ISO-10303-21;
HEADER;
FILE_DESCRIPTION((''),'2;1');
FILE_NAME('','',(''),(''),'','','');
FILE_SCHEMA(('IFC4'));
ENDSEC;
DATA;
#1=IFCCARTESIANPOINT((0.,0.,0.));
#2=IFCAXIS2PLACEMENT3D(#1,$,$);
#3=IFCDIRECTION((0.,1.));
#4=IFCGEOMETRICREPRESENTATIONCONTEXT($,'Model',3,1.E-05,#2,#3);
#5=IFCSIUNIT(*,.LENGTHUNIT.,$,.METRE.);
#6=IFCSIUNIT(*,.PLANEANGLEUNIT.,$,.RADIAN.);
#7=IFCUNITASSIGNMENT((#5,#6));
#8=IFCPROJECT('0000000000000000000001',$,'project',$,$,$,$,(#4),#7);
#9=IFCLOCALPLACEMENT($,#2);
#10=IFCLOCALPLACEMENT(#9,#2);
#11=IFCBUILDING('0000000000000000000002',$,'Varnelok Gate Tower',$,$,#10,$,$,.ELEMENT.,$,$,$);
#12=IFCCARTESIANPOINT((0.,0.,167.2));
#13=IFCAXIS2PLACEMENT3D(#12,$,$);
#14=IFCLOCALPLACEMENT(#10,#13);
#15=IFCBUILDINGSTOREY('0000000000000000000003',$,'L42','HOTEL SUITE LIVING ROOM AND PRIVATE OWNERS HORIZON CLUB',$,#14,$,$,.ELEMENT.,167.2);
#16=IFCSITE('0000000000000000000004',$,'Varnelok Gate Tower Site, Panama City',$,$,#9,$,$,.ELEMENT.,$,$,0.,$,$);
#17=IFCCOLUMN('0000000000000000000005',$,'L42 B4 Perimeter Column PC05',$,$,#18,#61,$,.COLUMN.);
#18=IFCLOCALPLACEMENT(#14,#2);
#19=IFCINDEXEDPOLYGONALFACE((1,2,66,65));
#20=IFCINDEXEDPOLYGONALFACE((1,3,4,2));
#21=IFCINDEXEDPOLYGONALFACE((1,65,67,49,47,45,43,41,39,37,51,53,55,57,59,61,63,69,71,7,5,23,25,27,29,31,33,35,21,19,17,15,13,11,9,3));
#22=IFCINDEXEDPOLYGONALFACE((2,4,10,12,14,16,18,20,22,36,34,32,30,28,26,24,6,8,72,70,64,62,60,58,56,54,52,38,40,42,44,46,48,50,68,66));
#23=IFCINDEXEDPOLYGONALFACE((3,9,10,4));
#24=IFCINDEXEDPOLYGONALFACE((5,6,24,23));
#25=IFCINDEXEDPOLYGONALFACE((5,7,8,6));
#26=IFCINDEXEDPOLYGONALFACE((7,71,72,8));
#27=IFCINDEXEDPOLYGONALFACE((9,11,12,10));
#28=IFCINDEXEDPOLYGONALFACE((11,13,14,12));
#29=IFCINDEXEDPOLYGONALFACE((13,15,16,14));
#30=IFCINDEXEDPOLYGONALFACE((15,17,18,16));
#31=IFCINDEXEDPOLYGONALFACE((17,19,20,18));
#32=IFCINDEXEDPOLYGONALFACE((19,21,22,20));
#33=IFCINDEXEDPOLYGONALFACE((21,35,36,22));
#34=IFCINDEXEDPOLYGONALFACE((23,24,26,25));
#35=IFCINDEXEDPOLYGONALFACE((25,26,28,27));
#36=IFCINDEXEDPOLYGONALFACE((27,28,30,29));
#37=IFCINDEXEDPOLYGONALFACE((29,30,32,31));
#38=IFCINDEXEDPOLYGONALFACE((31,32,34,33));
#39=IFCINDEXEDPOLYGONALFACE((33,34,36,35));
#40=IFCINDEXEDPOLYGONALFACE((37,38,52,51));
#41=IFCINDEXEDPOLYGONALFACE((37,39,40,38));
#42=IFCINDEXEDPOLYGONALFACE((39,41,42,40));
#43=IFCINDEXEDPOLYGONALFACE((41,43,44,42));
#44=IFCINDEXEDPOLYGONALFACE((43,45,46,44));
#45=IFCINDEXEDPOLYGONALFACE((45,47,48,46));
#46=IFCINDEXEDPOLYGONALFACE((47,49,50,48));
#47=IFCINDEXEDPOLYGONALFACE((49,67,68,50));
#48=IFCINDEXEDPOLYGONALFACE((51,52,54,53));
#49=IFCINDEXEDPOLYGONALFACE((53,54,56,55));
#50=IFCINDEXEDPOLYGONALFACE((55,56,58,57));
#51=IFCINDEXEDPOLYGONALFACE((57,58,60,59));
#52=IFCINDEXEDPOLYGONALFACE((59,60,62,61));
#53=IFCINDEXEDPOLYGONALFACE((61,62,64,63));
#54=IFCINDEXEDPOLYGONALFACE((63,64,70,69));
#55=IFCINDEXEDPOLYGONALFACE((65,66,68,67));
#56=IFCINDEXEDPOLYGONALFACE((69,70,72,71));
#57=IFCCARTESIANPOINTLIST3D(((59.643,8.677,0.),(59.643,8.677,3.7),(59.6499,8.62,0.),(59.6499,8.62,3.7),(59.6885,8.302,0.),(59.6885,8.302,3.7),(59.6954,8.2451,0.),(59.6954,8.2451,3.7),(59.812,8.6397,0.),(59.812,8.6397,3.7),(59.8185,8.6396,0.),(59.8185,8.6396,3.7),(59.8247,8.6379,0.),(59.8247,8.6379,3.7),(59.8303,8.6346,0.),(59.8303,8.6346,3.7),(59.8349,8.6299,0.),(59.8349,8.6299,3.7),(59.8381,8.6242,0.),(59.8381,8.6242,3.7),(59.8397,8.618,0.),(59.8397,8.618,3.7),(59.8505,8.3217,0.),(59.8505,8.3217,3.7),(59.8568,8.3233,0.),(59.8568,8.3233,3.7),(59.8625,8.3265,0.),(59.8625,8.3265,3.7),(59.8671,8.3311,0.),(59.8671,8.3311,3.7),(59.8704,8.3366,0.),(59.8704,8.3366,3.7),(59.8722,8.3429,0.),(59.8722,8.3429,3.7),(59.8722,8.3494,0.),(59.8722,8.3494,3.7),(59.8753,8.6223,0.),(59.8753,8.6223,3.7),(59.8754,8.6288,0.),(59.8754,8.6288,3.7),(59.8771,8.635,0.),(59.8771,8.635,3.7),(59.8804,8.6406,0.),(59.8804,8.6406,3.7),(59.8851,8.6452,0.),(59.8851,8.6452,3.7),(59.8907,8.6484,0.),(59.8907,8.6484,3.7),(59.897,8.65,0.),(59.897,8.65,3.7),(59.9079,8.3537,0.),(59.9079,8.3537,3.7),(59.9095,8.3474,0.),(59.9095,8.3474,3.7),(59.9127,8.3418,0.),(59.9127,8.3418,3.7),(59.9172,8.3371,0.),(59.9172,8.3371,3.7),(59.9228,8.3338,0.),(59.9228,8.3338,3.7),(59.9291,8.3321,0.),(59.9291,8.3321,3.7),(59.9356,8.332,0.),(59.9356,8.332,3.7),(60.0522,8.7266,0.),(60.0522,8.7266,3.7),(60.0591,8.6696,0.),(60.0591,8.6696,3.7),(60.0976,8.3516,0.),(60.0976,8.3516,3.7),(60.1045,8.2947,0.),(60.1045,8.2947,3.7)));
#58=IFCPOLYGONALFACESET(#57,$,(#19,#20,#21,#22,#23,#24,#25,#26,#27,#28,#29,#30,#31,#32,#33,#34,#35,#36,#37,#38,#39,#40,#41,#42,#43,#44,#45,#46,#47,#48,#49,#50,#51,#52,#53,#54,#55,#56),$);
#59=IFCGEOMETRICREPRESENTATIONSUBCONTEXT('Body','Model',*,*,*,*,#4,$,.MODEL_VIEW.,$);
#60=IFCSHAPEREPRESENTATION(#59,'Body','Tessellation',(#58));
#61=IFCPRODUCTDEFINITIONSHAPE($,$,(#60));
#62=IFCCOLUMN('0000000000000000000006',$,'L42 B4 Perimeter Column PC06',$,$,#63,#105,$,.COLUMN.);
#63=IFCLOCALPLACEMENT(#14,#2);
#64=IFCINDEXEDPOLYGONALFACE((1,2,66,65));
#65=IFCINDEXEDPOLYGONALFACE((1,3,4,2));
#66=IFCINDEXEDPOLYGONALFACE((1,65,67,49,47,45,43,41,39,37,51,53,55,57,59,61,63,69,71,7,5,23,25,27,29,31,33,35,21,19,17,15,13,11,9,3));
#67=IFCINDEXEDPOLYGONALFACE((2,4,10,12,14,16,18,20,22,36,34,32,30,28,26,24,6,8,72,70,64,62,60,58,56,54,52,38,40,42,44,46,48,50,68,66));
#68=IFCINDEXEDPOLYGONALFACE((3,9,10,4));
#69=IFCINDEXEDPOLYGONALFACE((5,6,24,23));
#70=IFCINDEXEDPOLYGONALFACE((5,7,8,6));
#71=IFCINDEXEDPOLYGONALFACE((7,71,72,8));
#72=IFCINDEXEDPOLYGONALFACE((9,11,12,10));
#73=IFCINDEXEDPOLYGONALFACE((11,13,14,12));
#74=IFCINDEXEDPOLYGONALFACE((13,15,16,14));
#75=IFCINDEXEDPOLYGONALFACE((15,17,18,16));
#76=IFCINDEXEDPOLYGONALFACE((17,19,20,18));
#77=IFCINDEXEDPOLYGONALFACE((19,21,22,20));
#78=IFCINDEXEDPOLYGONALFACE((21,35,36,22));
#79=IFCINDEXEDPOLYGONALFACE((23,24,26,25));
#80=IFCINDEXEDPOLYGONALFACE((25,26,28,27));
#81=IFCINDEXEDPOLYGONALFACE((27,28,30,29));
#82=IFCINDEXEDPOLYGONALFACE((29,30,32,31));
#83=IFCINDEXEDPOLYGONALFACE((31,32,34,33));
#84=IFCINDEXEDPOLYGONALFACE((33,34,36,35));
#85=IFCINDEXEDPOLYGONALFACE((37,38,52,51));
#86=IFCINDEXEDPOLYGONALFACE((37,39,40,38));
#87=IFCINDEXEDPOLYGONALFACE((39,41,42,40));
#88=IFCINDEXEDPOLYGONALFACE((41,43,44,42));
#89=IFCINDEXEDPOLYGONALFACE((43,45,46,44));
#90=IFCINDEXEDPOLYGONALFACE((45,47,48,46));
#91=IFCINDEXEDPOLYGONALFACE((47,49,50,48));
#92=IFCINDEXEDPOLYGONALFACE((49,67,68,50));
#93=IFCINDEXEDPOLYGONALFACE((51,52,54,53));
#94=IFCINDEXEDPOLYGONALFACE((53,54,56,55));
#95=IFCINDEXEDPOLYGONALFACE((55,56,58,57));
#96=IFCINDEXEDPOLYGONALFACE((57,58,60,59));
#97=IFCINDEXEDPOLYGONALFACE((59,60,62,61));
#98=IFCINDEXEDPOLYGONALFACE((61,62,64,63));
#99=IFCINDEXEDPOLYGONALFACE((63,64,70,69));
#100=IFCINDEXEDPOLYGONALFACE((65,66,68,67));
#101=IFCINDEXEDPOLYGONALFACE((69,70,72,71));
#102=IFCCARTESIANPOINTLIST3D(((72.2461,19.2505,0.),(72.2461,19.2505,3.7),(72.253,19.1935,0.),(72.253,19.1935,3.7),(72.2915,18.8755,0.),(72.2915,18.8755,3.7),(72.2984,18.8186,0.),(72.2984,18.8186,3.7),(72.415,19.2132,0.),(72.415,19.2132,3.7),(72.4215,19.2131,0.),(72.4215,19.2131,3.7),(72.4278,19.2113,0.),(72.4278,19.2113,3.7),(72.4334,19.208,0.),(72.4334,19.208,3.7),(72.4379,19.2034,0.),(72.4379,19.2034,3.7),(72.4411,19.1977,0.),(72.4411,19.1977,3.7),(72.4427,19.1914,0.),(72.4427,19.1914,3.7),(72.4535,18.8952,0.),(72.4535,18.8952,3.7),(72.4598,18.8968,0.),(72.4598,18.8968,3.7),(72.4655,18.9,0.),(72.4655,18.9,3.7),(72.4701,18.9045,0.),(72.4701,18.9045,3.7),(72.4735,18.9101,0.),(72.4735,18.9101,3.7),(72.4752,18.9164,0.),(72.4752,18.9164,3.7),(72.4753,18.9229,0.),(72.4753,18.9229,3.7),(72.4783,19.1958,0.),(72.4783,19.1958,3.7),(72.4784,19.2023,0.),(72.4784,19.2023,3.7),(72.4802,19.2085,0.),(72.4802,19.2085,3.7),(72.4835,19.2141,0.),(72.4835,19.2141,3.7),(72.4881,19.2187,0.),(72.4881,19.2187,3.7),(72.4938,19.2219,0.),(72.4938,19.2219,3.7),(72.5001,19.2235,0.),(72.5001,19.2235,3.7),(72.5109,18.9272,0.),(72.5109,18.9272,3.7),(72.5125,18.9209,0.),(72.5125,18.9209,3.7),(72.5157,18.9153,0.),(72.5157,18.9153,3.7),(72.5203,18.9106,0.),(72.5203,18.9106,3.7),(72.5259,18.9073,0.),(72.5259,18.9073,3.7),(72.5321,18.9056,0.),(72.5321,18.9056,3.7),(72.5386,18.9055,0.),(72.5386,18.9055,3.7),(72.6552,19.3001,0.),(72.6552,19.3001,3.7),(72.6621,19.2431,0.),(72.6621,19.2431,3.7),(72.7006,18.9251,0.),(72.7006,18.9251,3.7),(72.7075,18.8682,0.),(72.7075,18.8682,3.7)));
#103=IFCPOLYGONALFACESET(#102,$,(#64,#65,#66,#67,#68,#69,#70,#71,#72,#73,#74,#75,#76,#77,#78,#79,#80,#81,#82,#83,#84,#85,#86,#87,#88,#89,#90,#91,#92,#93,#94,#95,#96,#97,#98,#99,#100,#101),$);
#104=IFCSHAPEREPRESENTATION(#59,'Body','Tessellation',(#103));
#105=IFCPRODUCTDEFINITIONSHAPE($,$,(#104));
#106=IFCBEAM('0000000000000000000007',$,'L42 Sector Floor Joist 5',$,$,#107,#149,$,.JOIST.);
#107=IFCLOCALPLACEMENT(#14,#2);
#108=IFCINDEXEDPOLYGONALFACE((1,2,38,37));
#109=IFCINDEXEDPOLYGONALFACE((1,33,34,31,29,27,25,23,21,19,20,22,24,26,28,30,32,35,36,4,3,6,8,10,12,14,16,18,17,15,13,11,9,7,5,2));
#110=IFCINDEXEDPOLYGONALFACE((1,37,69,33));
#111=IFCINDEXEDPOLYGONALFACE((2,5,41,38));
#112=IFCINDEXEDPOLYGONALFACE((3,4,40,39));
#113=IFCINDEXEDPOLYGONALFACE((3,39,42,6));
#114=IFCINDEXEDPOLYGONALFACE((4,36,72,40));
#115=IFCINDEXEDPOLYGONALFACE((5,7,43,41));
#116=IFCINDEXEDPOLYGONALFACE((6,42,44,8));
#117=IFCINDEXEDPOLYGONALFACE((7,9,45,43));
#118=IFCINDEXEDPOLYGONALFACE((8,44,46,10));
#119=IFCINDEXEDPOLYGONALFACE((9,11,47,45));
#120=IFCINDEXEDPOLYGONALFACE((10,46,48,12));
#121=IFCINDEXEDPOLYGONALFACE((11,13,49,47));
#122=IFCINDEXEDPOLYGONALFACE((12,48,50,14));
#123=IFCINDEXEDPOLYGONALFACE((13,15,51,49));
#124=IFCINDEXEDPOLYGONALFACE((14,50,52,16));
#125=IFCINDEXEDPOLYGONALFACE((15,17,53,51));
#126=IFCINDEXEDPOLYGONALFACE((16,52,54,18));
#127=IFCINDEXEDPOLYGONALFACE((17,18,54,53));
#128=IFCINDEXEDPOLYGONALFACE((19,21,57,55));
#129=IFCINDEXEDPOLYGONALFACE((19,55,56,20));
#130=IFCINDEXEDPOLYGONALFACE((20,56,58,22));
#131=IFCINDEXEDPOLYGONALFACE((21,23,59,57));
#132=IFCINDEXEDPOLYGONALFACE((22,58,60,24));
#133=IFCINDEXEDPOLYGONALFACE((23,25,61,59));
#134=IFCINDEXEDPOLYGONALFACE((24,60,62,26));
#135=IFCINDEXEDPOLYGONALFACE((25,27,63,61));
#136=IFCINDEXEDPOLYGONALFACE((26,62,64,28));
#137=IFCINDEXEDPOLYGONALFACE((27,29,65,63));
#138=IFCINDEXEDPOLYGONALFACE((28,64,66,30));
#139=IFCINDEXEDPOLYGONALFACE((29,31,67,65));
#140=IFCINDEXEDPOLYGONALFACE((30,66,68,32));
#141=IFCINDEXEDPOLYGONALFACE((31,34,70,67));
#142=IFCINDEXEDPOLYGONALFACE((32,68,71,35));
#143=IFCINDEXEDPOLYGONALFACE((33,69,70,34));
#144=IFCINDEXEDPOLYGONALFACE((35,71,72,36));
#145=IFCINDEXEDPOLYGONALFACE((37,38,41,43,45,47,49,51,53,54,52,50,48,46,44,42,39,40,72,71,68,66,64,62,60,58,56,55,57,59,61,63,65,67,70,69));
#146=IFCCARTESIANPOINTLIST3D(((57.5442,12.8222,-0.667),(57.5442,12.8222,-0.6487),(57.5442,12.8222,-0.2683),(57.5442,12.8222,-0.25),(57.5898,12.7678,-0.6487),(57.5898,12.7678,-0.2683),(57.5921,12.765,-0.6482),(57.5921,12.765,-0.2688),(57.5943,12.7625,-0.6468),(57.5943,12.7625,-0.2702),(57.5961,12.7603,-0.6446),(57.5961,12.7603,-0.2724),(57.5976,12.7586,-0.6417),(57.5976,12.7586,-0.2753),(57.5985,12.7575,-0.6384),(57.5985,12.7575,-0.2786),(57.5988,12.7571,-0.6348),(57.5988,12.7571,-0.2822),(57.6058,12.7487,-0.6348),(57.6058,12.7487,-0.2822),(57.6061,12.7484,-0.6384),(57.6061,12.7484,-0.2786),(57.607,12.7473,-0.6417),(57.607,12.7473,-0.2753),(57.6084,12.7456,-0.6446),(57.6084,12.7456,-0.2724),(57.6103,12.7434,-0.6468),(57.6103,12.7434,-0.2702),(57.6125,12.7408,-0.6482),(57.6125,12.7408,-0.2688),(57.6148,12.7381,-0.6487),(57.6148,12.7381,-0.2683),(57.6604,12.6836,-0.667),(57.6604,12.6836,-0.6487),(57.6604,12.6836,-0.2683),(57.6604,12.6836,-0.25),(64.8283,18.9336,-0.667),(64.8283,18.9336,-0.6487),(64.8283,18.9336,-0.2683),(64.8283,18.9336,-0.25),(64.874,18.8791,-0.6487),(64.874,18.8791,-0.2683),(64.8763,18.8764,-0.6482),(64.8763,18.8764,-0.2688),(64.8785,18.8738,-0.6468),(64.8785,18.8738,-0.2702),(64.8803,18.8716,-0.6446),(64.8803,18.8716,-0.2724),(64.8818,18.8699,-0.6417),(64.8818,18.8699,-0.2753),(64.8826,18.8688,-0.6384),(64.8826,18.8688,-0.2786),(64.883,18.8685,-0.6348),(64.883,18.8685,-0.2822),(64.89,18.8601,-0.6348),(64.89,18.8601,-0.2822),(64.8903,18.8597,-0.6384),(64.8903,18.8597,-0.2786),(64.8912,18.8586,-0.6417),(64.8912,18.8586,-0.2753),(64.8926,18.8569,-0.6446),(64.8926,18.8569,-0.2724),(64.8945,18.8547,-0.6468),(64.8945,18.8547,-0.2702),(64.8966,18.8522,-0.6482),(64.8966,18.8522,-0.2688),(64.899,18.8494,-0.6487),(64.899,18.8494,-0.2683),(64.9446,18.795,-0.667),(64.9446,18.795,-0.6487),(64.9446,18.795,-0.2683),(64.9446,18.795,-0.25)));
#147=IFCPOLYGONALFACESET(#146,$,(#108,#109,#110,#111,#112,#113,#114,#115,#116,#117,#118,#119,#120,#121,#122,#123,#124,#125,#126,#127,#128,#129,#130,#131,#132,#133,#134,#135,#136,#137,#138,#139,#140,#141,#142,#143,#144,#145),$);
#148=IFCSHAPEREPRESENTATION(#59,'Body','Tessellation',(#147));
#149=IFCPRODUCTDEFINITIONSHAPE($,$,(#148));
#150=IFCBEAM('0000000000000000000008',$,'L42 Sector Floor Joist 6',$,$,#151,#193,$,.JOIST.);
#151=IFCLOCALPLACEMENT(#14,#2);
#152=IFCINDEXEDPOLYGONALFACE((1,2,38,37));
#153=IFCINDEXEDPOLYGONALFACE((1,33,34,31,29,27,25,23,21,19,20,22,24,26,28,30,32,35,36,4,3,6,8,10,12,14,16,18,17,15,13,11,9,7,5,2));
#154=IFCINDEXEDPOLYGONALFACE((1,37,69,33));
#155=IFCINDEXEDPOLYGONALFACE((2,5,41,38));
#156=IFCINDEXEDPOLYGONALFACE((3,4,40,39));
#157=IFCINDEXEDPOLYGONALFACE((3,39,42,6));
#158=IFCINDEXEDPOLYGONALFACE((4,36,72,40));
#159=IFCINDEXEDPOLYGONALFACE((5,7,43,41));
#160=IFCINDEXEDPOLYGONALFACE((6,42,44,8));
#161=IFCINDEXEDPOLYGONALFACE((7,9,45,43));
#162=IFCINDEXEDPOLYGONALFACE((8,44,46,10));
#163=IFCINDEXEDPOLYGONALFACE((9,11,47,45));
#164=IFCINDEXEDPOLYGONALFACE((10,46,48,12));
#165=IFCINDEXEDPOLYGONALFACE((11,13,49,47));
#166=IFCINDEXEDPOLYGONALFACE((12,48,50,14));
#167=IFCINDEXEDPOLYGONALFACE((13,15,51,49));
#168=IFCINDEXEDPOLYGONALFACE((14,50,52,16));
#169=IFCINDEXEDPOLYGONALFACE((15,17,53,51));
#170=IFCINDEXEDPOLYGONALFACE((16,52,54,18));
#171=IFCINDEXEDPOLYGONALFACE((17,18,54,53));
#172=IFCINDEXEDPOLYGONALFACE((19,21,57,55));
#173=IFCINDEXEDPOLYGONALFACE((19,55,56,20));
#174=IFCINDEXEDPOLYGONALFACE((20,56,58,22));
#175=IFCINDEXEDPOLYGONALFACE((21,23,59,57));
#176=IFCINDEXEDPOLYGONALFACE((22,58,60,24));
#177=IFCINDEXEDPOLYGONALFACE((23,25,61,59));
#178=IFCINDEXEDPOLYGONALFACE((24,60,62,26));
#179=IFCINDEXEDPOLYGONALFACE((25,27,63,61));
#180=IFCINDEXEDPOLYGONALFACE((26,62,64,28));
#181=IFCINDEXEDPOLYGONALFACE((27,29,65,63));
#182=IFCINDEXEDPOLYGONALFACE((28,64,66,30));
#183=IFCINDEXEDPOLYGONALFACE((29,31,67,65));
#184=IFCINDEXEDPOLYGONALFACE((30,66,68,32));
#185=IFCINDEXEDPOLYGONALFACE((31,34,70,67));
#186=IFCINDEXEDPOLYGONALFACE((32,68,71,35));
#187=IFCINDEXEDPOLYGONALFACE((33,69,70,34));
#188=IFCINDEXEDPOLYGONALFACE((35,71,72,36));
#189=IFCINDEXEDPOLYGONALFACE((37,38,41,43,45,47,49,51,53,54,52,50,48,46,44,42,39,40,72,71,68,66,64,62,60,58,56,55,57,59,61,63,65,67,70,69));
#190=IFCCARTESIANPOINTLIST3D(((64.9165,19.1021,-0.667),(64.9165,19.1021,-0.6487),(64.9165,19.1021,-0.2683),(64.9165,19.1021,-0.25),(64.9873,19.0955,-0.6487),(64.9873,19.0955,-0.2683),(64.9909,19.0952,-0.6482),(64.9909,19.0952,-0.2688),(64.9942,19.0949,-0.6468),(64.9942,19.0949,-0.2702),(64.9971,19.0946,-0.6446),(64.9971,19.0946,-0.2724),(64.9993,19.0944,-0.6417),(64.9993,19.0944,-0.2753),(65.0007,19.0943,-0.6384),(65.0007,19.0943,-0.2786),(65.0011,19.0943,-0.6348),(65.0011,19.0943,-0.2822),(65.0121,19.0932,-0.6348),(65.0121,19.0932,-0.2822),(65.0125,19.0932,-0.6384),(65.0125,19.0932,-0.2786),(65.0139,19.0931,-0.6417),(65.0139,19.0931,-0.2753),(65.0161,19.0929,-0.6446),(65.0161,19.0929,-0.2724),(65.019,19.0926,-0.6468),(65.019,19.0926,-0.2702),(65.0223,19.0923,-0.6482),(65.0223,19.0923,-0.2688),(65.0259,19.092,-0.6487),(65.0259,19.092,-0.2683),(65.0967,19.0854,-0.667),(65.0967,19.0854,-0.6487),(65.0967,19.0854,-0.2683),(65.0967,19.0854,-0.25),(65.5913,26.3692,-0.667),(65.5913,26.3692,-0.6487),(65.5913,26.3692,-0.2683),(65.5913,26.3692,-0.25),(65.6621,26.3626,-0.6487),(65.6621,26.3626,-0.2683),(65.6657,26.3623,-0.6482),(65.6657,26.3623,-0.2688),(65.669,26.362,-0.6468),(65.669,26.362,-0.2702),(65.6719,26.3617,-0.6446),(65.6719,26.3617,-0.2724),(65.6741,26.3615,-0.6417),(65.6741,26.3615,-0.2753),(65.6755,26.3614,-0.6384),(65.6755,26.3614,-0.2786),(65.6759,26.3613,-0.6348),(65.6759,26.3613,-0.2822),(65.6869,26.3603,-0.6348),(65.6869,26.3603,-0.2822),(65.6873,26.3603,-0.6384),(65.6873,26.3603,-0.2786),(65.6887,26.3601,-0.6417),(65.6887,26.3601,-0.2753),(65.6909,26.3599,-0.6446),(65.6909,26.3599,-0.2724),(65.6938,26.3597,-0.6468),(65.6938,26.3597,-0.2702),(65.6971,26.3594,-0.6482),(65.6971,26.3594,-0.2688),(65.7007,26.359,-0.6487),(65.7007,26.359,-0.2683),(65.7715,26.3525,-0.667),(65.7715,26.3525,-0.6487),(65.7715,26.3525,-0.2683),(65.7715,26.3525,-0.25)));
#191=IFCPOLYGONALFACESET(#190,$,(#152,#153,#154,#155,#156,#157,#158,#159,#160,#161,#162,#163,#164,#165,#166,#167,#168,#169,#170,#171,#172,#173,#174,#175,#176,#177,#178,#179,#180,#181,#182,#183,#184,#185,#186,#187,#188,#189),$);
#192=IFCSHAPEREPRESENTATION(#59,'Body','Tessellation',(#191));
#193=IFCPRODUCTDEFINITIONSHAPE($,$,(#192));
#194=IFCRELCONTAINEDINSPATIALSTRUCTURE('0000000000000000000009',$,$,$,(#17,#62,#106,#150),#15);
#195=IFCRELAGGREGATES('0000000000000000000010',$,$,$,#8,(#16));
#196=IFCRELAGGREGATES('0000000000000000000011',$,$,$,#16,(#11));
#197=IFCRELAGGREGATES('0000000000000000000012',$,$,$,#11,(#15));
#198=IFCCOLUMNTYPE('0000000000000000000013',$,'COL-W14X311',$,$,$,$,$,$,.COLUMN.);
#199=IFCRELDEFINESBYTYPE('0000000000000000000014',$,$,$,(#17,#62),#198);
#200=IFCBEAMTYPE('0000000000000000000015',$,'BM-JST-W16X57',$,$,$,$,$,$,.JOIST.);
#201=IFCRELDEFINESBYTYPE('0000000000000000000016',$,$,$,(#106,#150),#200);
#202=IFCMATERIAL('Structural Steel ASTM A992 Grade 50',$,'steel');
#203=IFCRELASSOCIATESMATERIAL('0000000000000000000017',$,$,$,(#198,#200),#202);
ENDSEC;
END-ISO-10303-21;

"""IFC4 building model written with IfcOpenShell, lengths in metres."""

from ifc_helpers import new_model, si_unit, direction, frame, origin, origin_2d, place, context, subcontext, project, spatial, i_section, extrude, material, material_profile, profile_set, type_object, element, save


model = new_model("IFC4")

# Units and contexts
model_context = context("Model", 3, precision=1e-05, world=origin(), true_north=direction((0.0, 1.0)))
body_context = subcontext(model_context, "Body", "Model", "MODEL_VIEW")
ifc_project = project(units=[si_unit("LENGTHUNIT", "METRE"), si_unit("PLANEANGLEUNIT", "RADIAN")], contexts=[model_context])

# Site, building, storey
site_placement = place(None, origin())
site = spatial("IfcSite", under=ifc_project, at=site_placement, Name="Varnelok Gate Tower Site, Panama City", CompositionType="ELEMENT", RefElevation=0.0)
building_placement = place(site_placement, origin())
building = spatial("IfcBuilding", under=site, at=building_placement, Name="Varnelok Gate Tower", CompositionType="ELEMENT")
storey_placement = place(building_placement, frame((0.0, 0.0, 167.2)))
storey = spatial("IfcBuildingStorey", under=building, at=storey_placement, Name="L42", Description="HOTEL SUITE LIVING ROOM AND PRIVATE OWNERS HORIZON CLUB", CompositionType="ELEMENT", Elevation=167.2)

# Columns
ifc_material_1 = material(Name="Structural Steel ASTM A992 Grade 50", Category="steel")
ifc_material_profile_1 = material_profile(ifc_material_1, i_section(OverallWidth=0.4121, OverallDepth=0.4351, WebThickness=0.0359, FlangeThickness=0.0574, FilletRadius=0.0249, at=origin_2d()), Name="W14X311")
ifc_profile_set_1 = profile_set([ifc_material_profile_1], Name="Structural Steel ASTM A992 Grade 50")
column_type = type_object("IfcColumnType", Name="COL-W14X311", PredefinedType="COLUMN", material=ifc_profile_set_1)
for number, where, z_axis, x_axis, name in (
    (1, (59.8738, 8.4858, 0.0), (0.0, 0.0, 1.0), (0.992732, 0.120345, 0.0), "L42 B4 Perimeter Column PC05"),
    (2, (72.4768, 19.0593, 0.0), (0.0, 0.0, 1.0), (0.992732, 0.120345, 0.0), "L42 B4 Perimeter Column PC06"),
):
    element("IfcColumn", number, at=place(storey_placement, frame(where, z_axis=z_axis, x_axis=x_axis)), inside=storey, type_object=column_type, Name=name, PredefinedType="COLUMN", context=body_context, shape_type="SweptSolid", body=[
        extrude(i_section(OverallWidth=0.4121, OverallDepth=0.4351, WebThickness=0.0359, FlangeThickness=0.0574, FilletRadius=0.0249, at=origin_2d()), origin(), (0.0, 0.0, 1.0), 3.7),
    ])

# Beams
ifc_material_profile_2 = material_profile(ifc_material_1, i_section(OverallWidth=0.1809, OverallDepth=0.417, WebThickness=0.011, FlangeThickness=0.0183, FilletRadius=0.0139, at=origin_2d()), Name="W16X57")
ifc_profile_set_2 = profile_set([ifc_material_profile_2], Name="Structural Steel ASTM A992 Grade 50")
beam_type_1 = type_object("IfcBeamType", Name="BM-JST-W16X57", PredefinedType="JOIST", material=ifc_profile_set_2)
beam_1_placement = place(storey_placement, frame((57.6023, 12.7529, -0.4585), z_axis=(0.766087, 0.642737, 0.0), x_axis=(-0.642737, 0.766087, 0.0)))
element("IfcBeam", 3, at=beam_1_placement, inside=storey, type_object=beam_type_1, Name="L42 Sector Floor Joist 5", PredefinedType="JOIST", context=body_context, shape_type="SweptSolid", body=[
    extrude(i_section(OverallWidth=0.1809, OverallDepth=0.417, WebThickness=0.011, FlangeThickness=0.0183, FilletRadius=0.0139, at=origin_2d()), origin(), (0.0, 0.0, 1.0), 9.5083),
])
beam_2_placement = place(storey_placement, frame((65.0066, 19.0938, -0.4585), z_axis=(0.09246, 0.995716, 0.0), x_axis=(-0.995716, 0.09246, 0.0)))
element("IfcBeam", 4, at=beam_2_placement, inside=storey, type_object=beam_type_1, Name="L42 Sector Floor Joist 6", PredefinedType="JOIST", context=body_context, shape_type="SweptSolid", body=[
    extrude(i_section(OverallWidth=0.1809, OverallDepth=0.417, WebThickness=0.011, FlangeThickness=0.0183, FilletRadius=0.0139, at=origin_2d()), origin(), (0.0, 0.0, 1.0), 7.2983),
])

save(model, "model.ifc")
